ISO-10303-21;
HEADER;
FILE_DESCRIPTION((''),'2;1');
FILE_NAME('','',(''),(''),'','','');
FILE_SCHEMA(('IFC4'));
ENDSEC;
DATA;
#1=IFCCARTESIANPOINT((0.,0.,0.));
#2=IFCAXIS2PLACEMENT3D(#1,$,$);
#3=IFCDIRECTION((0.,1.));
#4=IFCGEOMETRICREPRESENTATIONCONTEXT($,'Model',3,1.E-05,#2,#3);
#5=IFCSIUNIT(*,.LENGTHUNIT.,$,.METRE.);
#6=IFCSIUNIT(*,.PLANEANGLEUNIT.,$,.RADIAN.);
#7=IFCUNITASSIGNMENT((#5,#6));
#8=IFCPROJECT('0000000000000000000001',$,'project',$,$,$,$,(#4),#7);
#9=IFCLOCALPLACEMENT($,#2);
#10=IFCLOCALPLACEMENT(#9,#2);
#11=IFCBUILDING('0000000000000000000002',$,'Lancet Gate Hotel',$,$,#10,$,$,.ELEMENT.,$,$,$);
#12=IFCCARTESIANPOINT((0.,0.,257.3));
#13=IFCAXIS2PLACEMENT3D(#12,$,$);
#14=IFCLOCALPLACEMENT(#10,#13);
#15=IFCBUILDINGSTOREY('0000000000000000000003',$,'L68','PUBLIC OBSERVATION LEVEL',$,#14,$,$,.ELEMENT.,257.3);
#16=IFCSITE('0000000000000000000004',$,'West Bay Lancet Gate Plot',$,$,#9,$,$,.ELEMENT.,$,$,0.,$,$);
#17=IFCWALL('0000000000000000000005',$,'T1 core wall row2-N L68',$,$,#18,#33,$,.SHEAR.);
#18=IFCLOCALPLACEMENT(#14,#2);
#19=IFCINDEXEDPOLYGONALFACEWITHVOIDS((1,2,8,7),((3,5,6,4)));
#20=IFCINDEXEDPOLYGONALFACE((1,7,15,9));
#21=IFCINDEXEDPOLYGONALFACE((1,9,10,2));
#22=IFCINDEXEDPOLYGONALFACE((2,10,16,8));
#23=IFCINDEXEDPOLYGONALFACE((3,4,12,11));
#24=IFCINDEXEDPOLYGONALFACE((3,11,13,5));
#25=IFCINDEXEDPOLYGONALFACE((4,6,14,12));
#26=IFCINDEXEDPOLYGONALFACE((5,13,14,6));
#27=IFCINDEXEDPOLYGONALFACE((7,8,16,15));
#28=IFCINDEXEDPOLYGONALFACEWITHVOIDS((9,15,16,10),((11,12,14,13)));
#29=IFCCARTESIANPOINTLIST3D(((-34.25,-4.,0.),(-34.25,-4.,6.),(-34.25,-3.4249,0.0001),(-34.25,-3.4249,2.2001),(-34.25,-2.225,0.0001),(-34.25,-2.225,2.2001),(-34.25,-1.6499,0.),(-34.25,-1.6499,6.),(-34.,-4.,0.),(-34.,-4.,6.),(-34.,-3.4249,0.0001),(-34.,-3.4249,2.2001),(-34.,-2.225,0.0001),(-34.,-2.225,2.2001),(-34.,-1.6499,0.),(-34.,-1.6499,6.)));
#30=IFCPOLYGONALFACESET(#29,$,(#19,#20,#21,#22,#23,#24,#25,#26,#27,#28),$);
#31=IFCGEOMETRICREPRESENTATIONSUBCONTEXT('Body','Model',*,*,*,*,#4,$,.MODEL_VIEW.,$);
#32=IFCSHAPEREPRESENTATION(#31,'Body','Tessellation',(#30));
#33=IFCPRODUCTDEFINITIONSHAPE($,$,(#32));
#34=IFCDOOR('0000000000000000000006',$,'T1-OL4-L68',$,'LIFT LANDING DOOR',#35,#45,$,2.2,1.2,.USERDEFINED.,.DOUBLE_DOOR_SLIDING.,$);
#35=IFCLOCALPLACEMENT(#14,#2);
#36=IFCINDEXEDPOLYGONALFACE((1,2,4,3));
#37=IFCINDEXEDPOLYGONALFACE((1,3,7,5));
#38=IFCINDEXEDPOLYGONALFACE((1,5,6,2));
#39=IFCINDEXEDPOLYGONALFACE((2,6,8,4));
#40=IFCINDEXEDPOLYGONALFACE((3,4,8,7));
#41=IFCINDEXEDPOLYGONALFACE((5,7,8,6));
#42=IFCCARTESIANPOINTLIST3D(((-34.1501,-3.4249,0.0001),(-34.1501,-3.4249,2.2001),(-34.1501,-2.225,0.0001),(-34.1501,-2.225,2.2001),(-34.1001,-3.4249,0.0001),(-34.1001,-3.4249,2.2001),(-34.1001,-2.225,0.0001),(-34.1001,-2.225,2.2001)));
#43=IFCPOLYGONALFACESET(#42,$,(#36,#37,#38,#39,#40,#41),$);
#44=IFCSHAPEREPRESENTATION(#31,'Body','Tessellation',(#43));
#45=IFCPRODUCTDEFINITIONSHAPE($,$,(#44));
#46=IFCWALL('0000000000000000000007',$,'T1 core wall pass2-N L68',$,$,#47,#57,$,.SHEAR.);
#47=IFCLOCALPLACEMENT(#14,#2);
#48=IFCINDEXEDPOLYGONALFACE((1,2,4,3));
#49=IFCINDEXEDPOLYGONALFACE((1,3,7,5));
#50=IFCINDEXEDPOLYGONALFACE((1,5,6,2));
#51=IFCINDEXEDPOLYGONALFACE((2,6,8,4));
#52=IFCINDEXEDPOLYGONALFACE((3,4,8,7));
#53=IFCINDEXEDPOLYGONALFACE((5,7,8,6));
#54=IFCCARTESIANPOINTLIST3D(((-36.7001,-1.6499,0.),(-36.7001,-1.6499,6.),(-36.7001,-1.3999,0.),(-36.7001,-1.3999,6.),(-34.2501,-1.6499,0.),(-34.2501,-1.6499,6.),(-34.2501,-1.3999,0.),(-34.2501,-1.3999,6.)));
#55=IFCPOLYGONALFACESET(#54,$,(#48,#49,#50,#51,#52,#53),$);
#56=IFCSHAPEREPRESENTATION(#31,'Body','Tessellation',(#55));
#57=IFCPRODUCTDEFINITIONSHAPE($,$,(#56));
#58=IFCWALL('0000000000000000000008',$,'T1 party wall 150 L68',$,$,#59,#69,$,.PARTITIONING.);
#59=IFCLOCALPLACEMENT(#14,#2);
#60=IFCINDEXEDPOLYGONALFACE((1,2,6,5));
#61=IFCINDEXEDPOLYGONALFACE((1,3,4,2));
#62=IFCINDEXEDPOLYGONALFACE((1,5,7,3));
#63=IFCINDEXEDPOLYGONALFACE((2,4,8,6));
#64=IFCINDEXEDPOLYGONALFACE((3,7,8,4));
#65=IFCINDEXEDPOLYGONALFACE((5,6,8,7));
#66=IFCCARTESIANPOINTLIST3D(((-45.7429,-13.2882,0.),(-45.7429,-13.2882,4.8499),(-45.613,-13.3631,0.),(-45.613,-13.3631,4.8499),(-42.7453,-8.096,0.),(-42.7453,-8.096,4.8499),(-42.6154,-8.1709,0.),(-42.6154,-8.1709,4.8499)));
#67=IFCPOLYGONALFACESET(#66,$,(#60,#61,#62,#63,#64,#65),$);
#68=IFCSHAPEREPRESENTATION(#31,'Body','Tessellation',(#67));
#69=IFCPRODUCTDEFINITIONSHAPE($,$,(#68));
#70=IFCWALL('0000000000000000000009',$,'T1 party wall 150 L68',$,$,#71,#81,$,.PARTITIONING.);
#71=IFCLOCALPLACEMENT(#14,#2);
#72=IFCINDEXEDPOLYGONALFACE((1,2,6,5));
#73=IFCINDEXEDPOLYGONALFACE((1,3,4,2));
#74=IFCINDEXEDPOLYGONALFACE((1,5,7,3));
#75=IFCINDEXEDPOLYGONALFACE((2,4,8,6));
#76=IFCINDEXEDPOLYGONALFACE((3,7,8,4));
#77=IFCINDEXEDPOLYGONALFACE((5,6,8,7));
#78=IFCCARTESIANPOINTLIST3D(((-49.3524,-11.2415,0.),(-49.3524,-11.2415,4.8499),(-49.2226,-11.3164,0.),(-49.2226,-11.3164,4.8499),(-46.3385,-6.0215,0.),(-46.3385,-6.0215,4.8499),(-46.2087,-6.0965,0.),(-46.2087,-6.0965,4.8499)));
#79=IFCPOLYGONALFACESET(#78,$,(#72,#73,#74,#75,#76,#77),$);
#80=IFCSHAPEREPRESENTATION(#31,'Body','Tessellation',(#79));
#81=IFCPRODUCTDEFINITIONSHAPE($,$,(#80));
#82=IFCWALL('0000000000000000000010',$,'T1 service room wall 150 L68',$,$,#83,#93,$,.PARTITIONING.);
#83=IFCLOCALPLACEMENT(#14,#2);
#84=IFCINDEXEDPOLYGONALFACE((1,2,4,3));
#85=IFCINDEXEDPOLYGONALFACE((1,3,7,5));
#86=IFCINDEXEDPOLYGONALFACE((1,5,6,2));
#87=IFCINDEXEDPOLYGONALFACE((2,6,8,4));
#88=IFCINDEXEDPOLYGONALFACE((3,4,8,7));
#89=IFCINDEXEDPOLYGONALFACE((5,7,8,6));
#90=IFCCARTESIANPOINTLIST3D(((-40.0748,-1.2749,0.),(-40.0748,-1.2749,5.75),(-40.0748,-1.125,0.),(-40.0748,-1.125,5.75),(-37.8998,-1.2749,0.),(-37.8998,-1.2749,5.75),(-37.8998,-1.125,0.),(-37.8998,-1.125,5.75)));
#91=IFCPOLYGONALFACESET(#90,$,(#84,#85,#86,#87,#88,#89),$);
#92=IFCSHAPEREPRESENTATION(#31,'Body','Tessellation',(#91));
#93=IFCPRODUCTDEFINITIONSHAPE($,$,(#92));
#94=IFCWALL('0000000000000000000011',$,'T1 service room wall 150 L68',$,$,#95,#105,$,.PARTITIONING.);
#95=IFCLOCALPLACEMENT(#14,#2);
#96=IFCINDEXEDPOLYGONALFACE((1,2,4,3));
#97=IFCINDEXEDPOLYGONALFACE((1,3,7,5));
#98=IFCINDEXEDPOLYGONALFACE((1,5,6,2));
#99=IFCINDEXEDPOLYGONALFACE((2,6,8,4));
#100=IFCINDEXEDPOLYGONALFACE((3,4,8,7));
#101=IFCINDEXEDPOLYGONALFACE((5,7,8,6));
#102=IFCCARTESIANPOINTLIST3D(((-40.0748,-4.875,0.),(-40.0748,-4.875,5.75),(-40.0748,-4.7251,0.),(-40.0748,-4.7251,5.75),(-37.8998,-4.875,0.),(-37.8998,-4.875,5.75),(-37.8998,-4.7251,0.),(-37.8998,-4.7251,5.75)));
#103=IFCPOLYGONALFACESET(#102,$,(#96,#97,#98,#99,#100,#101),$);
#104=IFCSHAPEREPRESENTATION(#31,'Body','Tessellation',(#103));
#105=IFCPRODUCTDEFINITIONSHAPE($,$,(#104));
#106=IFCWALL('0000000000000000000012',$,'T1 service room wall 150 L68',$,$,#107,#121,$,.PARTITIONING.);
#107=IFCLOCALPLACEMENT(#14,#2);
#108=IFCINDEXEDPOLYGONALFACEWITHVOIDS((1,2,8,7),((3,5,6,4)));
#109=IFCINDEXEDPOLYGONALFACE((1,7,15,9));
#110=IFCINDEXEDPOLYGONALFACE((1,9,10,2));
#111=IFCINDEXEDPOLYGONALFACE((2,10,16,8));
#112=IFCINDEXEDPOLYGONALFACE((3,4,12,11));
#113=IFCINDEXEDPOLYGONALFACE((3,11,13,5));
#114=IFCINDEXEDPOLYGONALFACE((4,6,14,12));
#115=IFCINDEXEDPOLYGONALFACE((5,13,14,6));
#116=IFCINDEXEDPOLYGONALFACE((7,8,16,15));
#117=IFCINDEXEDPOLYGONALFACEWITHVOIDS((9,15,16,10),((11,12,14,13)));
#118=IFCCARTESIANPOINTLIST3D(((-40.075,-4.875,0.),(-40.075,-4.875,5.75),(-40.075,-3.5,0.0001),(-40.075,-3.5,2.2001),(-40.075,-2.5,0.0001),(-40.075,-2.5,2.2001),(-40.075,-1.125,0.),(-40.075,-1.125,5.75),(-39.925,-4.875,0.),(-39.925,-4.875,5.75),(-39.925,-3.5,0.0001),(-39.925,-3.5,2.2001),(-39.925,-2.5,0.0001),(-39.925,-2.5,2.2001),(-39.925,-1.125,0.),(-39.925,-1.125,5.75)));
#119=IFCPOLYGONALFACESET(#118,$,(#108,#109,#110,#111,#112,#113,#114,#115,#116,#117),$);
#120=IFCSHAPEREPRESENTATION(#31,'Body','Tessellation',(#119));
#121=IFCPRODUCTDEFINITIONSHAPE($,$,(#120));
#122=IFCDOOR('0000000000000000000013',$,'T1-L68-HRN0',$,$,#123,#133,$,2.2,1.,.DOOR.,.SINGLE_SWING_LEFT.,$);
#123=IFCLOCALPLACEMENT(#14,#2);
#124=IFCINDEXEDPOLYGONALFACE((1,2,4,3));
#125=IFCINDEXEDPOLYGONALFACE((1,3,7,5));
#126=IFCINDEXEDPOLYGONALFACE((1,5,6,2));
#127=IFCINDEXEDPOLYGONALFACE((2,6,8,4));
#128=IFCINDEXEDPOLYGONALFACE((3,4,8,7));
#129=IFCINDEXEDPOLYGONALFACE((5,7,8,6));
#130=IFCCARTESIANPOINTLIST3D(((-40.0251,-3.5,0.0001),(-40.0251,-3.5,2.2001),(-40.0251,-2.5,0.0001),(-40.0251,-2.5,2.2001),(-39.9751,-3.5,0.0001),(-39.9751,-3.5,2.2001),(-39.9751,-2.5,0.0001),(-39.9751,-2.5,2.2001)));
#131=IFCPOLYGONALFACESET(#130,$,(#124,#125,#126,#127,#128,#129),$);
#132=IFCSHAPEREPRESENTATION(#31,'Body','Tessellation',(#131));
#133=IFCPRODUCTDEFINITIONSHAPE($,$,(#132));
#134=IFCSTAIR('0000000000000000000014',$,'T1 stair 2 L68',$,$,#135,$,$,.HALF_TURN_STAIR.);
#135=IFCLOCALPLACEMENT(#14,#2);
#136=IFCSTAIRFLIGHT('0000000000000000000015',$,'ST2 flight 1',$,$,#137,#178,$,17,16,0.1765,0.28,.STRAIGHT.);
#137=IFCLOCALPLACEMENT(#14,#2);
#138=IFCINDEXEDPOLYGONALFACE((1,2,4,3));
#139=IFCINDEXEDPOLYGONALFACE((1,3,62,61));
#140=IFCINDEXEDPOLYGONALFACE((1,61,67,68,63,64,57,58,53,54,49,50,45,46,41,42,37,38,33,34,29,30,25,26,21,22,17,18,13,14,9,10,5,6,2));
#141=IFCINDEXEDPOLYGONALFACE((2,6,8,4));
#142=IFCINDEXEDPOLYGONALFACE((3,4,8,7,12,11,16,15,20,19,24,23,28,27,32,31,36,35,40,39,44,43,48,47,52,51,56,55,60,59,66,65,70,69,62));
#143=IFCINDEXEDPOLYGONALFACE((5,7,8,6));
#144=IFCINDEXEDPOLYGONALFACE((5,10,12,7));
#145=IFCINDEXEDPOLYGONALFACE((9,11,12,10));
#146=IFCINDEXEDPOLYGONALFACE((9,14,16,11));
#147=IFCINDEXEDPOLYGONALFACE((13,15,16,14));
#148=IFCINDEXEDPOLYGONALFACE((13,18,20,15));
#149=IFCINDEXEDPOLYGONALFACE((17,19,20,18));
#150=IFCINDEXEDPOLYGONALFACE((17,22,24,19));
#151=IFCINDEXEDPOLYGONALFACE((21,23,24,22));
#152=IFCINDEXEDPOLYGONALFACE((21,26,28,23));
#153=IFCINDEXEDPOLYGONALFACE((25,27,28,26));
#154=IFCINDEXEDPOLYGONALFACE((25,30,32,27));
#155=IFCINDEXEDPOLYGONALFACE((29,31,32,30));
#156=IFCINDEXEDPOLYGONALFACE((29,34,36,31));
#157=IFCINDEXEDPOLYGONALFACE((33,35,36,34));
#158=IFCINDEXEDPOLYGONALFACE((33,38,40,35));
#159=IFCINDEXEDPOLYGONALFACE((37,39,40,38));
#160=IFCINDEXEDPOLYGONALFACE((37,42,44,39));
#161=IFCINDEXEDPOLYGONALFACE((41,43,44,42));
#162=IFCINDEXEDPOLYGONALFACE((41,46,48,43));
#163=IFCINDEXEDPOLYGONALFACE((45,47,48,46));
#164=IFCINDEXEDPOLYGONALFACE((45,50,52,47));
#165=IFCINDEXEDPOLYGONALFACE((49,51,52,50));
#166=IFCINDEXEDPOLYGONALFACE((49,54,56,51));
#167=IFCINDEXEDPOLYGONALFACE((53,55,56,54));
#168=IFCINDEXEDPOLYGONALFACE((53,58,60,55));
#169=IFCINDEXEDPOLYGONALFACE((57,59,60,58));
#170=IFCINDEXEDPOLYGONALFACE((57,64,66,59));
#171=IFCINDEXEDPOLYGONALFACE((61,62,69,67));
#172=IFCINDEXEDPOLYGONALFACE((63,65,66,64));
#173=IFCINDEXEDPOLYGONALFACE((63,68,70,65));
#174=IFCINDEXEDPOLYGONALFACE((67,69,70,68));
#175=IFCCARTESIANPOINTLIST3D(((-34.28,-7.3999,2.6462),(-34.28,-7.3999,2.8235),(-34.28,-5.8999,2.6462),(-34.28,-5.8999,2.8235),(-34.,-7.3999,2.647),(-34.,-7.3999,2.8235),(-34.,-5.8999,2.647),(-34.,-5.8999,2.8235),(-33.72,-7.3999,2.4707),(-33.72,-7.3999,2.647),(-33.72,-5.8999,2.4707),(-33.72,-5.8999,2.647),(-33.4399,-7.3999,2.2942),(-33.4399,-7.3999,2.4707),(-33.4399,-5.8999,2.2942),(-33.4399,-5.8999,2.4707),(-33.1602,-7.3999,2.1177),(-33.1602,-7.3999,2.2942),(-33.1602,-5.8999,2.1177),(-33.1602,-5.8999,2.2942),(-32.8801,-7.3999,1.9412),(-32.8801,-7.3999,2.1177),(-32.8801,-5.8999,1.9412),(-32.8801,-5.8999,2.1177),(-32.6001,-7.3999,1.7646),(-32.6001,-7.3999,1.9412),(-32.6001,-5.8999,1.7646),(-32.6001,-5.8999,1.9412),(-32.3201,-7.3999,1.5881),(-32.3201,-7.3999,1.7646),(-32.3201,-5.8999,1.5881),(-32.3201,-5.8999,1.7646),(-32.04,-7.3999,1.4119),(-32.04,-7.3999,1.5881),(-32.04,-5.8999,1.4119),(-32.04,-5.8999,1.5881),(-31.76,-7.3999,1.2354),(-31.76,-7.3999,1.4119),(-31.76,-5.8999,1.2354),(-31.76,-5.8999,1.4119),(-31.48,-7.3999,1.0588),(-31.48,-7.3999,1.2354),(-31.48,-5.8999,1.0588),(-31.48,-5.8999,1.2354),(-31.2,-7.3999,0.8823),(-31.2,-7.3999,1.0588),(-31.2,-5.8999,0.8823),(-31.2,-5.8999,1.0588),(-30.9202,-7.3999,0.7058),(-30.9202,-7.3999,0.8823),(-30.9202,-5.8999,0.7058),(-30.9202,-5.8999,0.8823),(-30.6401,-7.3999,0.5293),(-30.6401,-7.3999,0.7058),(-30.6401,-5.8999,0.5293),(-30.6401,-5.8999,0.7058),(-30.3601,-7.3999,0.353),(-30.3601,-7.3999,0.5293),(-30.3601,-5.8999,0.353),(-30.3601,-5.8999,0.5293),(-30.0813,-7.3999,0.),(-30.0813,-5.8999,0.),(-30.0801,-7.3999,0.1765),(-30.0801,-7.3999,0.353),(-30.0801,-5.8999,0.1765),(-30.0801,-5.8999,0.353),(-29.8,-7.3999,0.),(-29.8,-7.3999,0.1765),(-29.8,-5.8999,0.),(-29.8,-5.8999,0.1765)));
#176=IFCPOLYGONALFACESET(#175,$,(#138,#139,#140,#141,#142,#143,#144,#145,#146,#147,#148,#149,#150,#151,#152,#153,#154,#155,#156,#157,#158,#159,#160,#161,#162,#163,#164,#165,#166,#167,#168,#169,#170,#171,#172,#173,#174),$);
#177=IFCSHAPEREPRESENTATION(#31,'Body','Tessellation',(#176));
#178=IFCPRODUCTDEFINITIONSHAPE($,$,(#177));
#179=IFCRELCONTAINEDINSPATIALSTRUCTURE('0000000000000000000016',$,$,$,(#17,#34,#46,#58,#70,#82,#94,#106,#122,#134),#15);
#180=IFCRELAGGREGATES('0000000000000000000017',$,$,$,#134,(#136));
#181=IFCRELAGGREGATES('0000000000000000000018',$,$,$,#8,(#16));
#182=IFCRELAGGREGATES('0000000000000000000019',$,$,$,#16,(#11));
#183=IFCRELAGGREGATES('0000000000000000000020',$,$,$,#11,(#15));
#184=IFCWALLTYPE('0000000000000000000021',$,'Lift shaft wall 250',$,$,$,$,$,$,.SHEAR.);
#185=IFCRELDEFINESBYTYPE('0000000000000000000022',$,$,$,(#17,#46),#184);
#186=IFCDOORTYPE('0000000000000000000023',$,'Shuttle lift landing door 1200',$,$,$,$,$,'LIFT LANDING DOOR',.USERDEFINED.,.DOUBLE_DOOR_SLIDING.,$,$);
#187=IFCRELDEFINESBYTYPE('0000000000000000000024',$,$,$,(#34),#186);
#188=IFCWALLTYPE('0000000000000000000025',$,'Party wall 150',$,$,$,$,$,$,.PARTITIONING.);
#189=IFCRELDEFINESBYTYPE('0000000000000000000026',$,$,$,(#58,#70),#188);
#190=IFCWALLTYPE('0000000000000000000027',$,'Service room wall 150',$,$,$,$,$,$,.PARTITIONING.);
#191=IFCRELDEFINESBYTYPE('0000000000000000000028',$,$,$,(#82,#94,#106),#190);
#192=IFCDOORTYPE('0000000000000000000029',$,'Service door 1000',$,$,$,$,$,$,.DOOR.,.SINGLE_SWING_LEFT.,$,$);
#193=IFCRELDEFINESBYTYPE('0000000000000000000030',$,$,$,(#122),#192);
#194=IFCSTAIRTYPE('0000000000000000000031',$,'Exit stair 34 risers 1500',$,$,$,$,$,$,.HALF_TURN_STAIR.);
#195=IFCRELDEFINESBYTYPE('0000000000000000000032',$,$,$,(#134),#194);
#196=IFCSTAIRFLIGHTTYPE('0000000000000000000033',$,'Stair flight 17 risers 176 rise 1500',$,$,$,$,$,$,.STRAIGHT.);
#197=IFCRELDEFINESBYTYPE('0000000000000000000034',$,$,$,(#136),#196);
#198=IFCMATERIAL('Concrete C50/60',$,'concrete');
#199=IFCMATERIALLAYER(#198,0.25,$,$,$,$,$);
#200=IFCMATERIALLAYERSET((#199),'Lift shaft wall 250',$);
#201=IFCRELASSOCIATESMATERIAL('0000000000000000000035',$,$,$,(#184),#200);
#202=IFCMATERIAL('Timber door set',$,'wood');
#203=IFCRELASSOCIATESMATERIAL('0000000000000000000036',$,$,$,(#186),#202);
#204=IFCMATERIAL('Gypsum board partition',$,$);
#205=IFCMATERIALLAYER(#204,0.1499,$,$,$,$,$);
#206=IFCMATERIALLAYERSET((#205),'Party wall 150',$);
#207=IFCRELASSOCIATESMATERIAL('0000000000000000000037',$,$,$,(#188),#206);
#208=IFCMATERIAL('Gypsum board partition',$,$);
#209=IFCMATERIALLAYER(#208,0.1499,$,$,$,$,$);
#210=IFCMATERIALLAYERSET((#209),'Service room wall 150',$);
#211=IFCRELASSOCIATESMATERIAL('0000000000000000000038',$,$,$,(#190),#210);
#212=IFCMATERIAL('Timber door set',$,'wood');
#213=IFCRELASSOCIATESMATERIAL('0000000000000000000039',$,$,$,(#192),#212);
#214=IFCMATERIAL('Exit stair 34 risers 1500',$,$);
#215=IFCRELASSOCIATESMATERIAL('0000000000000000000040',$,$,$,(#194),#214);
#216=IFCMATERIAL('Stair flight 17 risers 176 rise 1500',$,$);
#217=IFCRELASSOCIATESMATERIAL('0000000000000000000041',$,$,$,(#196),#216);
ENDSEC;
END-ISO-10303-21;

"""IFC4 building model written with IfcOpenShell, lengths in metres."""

from ifc_helpers import new_model, si_unit, direction, frame, frame_2d, origin, place, context, subcontext, project, spatial, polyline, rectangle, outline, extrude, material, layer, layer_set, type_object, element, fill, aggregate, save


model = new_model("IFC4")

# Units and contexts
model_context = context("Model", 3, precision=1e-05, world=origin(), true_north=direction((0.0, 1.0)))
body_context = subcontext(model_context, "Body", "Model", "MODEL_VIEW")
ifc_project = project(units=[si_unit("LENGTHUNIT", "METRE"), si_unit("PLANEANGLEUNIT", "RADIAN")], contexts=[model_context])

# Site, building, storey
site_placement = place(None, origin())
site = spatial("IfcSite", under=ifc_project, at=site_placement, Name="West Bay Lancet Gate Plot", CompositionType="ELEMENT", RefElevation=0.0)
building_placement = place(site_placement, origin())
building = spatial("IfcBuilding", under=site, at=building_placement, Name="Lancet Gate Hotel", CompositionType="ELEMENT")
storey_placement = place(building_placement, frame((0.0, 0.0, 257.3)))
storey = spatial("IfcBuildingStorey", under=building, at=storey_placement, Name="L68", Description="PUBLIC OBSERVATION LEVEL", CompositionType="ELEMENT", Elevation=257.3)

# Wall, opening, door
ifc_material_1 = material(Name="Concrete C50/60", Category="concrete")
ifc_layer_1 = layer(ifc_material_1, 0.25)
ifc_layer_set_1 = layer_set([ifc_layer_1], Name="Lift shaft wall 250")
wall_type_1 = type_object("IfcWallType", Name="Lift shaft wall 250", PredefinedType="SHEAR", material=ifc_layer_set_1)
wall_1_placement = place(storey_placement, frame((-34.125, -1.6499, 0.0), z_axis=(0.0, 0.0, 1.0), x_axis=(0.0, -1.0, 0.0)))
wall_1 = element("IfcWall", 1, at=wall_1_placement, inside=storey, type_object=wall_type_1, Name="T1 core wall row2-N L68", PredefinedType="SHEAR", context=body_context, shape_type="SweptSolid", body=[
    extrude(rectangle(XDim=2.3501, YDim=0.25, at=frame_2d((1.175, 0.0))), origin(), (0.0, 0.0, 1.0), 6.0),
])
opening_1_placement = place(wall_1_placement, frame((0.575, 0.0, 0.0)))
opening_1 = element("IfcOpeningElement", 2, at=opening_1_placement, cuts=wall_1, PredefinedType="OPENING", context=body_context, shape_type="SweptSolid", body=[
    extrude(rectangle(XDim=1.2, YDim=2.2, at=frame_2d((0.6001, 1.1001))), frame((0.0, 0.135, 0.0), z_axis=(0.0, -1.0, 0.0), x_axis=(1.0, 0.0, 0.0)), (0.0, 0.0, 1.0), 0.27),
])
ifc_material_2 = material(Name="Timber door set", Category="wood")
door_type_1 = type_object("IfcDoorType", Name="Shuttle lift landing door 1200", ElementType="LIFT LANDING DOOR", OperationType="DOUBLE_DOOR_SLIDING", PredefinedType="USERDEFINED", material=ifc_material_2)
door_1_placement = place(opening_1_placement, origin())
door_1 = element("IfcDoor", 3, at=door_1_placement, inside=storey, type_object=door_type_1, Name="T1-OL4-L68", ObjectType="LIFT LANDING DOOR", OperationType="DOUBLE_DOOR_SLIDING", OverallHeight=2.2, OverallWidth=1.2, PredefinedType="USERDEFINED", context=body_context, shape_type="SweptSolid", body=[
    extrude(rectangle(XDim=1.2, YDim=2.2, at=frame_2d((0.6001, 1.1001))), frame((0.0, 0.0249, 0.0), z_axis=(0.0, -1.0, 0.0), x_axis=(1.0, 0.0, 0.0)), (0.0, 0.0, 1.0), 0.05),
])
fill(opening_1, door_1)

# Walls
wall_2_placement = place(storey_placement, frame((-34.25, -1.5249, 0.0), z_axis=(0.0, 0.0, 1.0), x_axis=(-1.0, 0.0, 0.0)))
element("IfcWall", 4, at=wall_2_placement, inside=storey, type_object=wall_type_1, Name="T1 core wall pass2-N L68", PredefinedType="SHEAR", context=body_context, shape_type="SweptSolid", body=[
    extrude(rectangle(XDim=2.45, YDim=0.25, at=frame_2d((1.2251, 0.0))), origin(), (0.0, 0.0, 1.0), 6.0),
])
ifc_material_3 = material(Name="Gypsum board partition")
ifc_layer_2 = layer(ifc_material_3, 0.1499)
ifc_layer_set_2 = layer_set([ifc_layer_2], Name="Party wall 150")
wall_type_2 = type_object("IfcWallType", Name="Party wall 150", PredefinedType="PARTITIONING", material=ifc_layer_set_2)
wall_3_placement = place(storey_placement, frame((-42.6804, -8.1335, 0.0), z_axis=(0.0, 0.0, 1.0), x_axis=(-0.499984, -0.866034, 0.0)))
element("IfcWall", 5, at=wall_3_placement, inside=storey, type_object=wall_type_2, Name="T1 party wall 150 L68", PredefinedType="PARTITIONING", context=body_context, shape_type="SweptSolid", body=[
    extrude(rectangle(XDim=5.9954, YDim=0.1499, at=frame_2d((2.9976, 0.0))), origin(), (0.0, 0.0, 1.0), 4.8499),
])
wall_4_placement = place(storey_placement, frame((-46.2737, -6.0591, 0.0), z_axis=(0.0, 0.0, 1.0), x_axis=(-0.50002, -0.866014, 0.0)))
element("IfcWall", 6, at=wall_4_placement, inside=storey, type_object=wall_type_2, Name="T1 party wall 150 L68", PredefinedType="PARTITIONING", context=body_context, shape_type="SweptSolid", body=[
    extrude(rectangle(XDim=6.0276, YDim=0.1499, at=frame_2d((3.0137, 0.0))), origin(), (0.0, 0.0, 1.0), 4.8499),
])
ifc_material_4 = material(Name="Gypsum board partition")
ifc_layer_3 = layer(ifc_material_4, 0.1499)
ifc_layer_set_3 = layer_set([ifc_layer_3], Name="Service room wall 150")
wall_type_3 = type_object("IfcWallType", Name="Service room wall 150", PredefinedType="PARTITIONING", material=ifc_layer_set_3)
for number, where, z_axis, x_axis, name in (
    (7, (-37.8999, -1.2, 0.0), (0.0, 0.0, 1.0), (-1.0, 0.0, 0.0), "T1 service room wall 150 L68"),
    (8, (-37.8999, -4.8, 0.0), (0.0, 0.0, 1.0), (-1.0, 0.0, 0.0), "T1 service room wall 150 L68"),
):
    element("IfcWall", number, at=place(storey_placement, frame(where, z_axis=z_axis, x_axis=x_axis)), inside=storey, type_object=wall_type_3, Name=name, PredefinedType="PARTITIONING", context=body_context, shape_type="SweptSolid", body=[
        extrude(rectangle(XDim=2.175, YDim=0.1499, at=frame_2d((1.0874, 0.0))), origin(), (0.0, 0.0, 1.0), 5.75),
    ])

# Wall, opening, door
wall_5_placement = place(storey_placement, frame((-40.0, -1.125, 0.0), z_axis=(0.0, 0.0, 1.0), x_axis=(0.0, -1.0, 0.0)))
wall_5 = element("IfcWall", 9, at=wall_5_placement, inside=storey, type_object=wall_type_3, Name="T1 service room wall 150 L68", PredefinedType="PARTITIONING", context=body_context, shape_type="SweptSolid", body=[
    extrude(rectangle(XDim=3.75, YDim=0.1499, at=frame_2d((1.875, 0.0))), origin(), (0.0, 0.0, 1.0), 5.75),
])
opening_2_placement = place(wall_5_placement, frame((1.375, 0.0, 0.0)))
opening_2 = element("IfcOpeningElement", 10, at=opening_2_placement, cuts=wall_5, PredefinedType="OPENING", context=body_context, shape_type="SweptSolid", body=[
    extrude(rectangle(XDim=1.0, YDim=2.2, at=frame_2d((0.5, 1.1001))), frame((0.0, 0.085, 0.0), z_axis=(0.0, -1.0, 0.0), x_axis=(1.0, 0.0, 0.0)), (0.0, 0.0, 1.0), 0.1699),
])
ifc_material_5 = material(Name="Timber door set", Category="wood")
door_type_2 = type_object("IfcDoorType", Name="Service door 1000", OperationType="SINGLE_SWING_LEFT", PredefinedType="DOOR", material=ifc_material_5)
door_2_placement = place(opening_2_placement, origin())
door_2 = element("IfcDoor", 11, at=door_2_placement, inside=storey, type_object=door_type_2, Name="T1-L68-HRN0", OperationType="SINGLE_SWING_LEFT", OverallHeight=2.2, OverallWidth=1.0, PredefinedType="DOOR", context=body_context, shape_type="SweptSolid", body=[
    extrude(rectangle(XDim=1.0, YDim=2.2, at=frame_2d((0.5, 1.1001))), frame((0.0, 0.0249, 0.0), z_axis=(0.0, -1.0, 0.0), x_axis=(1.0, 0.0, 0.0)), (0.0, 0.0, 1.0), 0.05),
])
fill(opening_2, door_2)

# Stair, stair flight
ifc_material_6 = material(Name="Exit stair 34 risers 1500")
stair_type = type_object("IfcStairType", Name="Exit stair 34 risers 1500", PredefinedType="HALF_TURN_STAIR", material=ifc_material_6)
stair_placement = place(storey_placement, origin())
stair = element("IfcStair", 12, at=stair_placement, inside=storey, type_object=stair_type, Name="T1 stair 2 L68", PredefinedType="HALF_TURN_STAIR")
ifc_material_7 = material(Name="Stair flight 17 risers 176 rise 1500")
stair_flight_type = type_object("IfcStairFlightType", Name="Stair flight 17 risers 176 rise 1500", PredefinedType="STRAIGHT", material=ifc_material_7)
stair_flight_1_placement = place(storey_placement, frame((-29.8, -6.6499, 0.0), z_axis=(0.0, 0.0, 1.0), x_axis=(-1.0, 0.0, 0.0)))
stair_flight_1 = element("IfcStairFlight", 13, at=stair_flight_1_placement, type_object=stair_flight_type, Name="ST2 flight 1", NumberOfRisers=17, NumberOfTreads=16, PredefinedType="STRAIGHT", RiserHeight=0.1765, TreadLength=0.28, context=body_context, shape_type="SweptSolid", body=[
    extrude(outline(polyline([(0.0, 0.0), (0.0, 0.1765), (0.28, 0.1765), (0.28, 0.353), (0.5601, 0.353), (0.5601, 0.5293), (0.8401, 0.5293), (0.8401, 0.7058), (1.1201, 0.7058), (1.1201, 0.8823), (1.3999, 0.8823), (1.3999, 1.0588), (1.6799, 1.0588), (1.6799, 1.2354), (1.96, 1.2354), (1.96, 1.4119), (2.24, 1.4119), (2.24, 1.5881), (2.52, 1.5881), (2.52, 1.7646), (2.8, 1.7646), (2.8, 1.9412), (3.0801, 1.9412), (3.0801, 2.1177), (3.3601, 2.1177), (3.3601, 2.2942), (3.6399, 2.2942), (3.6399, 2.4707), (3.9199, 2.4707), (3.9199, 2.647), (4.2, 2.647), (4.2, 2.8235), (4.48, 2.8235), (4.48, 3.0), (4.48, 2.6462), (0.2812, 0.0), (0.0, 0.0)])), frame((0.0, 0.75, 0.0), z_axis=(0.0, -1.0, 0.0), x_axis=(1.0, 0.0, 0.0)), (0.0, 0.0, 1.0), 1.5),
])
aggregate(stair, [stair_flight_1])

save(model, "model.ifc")
